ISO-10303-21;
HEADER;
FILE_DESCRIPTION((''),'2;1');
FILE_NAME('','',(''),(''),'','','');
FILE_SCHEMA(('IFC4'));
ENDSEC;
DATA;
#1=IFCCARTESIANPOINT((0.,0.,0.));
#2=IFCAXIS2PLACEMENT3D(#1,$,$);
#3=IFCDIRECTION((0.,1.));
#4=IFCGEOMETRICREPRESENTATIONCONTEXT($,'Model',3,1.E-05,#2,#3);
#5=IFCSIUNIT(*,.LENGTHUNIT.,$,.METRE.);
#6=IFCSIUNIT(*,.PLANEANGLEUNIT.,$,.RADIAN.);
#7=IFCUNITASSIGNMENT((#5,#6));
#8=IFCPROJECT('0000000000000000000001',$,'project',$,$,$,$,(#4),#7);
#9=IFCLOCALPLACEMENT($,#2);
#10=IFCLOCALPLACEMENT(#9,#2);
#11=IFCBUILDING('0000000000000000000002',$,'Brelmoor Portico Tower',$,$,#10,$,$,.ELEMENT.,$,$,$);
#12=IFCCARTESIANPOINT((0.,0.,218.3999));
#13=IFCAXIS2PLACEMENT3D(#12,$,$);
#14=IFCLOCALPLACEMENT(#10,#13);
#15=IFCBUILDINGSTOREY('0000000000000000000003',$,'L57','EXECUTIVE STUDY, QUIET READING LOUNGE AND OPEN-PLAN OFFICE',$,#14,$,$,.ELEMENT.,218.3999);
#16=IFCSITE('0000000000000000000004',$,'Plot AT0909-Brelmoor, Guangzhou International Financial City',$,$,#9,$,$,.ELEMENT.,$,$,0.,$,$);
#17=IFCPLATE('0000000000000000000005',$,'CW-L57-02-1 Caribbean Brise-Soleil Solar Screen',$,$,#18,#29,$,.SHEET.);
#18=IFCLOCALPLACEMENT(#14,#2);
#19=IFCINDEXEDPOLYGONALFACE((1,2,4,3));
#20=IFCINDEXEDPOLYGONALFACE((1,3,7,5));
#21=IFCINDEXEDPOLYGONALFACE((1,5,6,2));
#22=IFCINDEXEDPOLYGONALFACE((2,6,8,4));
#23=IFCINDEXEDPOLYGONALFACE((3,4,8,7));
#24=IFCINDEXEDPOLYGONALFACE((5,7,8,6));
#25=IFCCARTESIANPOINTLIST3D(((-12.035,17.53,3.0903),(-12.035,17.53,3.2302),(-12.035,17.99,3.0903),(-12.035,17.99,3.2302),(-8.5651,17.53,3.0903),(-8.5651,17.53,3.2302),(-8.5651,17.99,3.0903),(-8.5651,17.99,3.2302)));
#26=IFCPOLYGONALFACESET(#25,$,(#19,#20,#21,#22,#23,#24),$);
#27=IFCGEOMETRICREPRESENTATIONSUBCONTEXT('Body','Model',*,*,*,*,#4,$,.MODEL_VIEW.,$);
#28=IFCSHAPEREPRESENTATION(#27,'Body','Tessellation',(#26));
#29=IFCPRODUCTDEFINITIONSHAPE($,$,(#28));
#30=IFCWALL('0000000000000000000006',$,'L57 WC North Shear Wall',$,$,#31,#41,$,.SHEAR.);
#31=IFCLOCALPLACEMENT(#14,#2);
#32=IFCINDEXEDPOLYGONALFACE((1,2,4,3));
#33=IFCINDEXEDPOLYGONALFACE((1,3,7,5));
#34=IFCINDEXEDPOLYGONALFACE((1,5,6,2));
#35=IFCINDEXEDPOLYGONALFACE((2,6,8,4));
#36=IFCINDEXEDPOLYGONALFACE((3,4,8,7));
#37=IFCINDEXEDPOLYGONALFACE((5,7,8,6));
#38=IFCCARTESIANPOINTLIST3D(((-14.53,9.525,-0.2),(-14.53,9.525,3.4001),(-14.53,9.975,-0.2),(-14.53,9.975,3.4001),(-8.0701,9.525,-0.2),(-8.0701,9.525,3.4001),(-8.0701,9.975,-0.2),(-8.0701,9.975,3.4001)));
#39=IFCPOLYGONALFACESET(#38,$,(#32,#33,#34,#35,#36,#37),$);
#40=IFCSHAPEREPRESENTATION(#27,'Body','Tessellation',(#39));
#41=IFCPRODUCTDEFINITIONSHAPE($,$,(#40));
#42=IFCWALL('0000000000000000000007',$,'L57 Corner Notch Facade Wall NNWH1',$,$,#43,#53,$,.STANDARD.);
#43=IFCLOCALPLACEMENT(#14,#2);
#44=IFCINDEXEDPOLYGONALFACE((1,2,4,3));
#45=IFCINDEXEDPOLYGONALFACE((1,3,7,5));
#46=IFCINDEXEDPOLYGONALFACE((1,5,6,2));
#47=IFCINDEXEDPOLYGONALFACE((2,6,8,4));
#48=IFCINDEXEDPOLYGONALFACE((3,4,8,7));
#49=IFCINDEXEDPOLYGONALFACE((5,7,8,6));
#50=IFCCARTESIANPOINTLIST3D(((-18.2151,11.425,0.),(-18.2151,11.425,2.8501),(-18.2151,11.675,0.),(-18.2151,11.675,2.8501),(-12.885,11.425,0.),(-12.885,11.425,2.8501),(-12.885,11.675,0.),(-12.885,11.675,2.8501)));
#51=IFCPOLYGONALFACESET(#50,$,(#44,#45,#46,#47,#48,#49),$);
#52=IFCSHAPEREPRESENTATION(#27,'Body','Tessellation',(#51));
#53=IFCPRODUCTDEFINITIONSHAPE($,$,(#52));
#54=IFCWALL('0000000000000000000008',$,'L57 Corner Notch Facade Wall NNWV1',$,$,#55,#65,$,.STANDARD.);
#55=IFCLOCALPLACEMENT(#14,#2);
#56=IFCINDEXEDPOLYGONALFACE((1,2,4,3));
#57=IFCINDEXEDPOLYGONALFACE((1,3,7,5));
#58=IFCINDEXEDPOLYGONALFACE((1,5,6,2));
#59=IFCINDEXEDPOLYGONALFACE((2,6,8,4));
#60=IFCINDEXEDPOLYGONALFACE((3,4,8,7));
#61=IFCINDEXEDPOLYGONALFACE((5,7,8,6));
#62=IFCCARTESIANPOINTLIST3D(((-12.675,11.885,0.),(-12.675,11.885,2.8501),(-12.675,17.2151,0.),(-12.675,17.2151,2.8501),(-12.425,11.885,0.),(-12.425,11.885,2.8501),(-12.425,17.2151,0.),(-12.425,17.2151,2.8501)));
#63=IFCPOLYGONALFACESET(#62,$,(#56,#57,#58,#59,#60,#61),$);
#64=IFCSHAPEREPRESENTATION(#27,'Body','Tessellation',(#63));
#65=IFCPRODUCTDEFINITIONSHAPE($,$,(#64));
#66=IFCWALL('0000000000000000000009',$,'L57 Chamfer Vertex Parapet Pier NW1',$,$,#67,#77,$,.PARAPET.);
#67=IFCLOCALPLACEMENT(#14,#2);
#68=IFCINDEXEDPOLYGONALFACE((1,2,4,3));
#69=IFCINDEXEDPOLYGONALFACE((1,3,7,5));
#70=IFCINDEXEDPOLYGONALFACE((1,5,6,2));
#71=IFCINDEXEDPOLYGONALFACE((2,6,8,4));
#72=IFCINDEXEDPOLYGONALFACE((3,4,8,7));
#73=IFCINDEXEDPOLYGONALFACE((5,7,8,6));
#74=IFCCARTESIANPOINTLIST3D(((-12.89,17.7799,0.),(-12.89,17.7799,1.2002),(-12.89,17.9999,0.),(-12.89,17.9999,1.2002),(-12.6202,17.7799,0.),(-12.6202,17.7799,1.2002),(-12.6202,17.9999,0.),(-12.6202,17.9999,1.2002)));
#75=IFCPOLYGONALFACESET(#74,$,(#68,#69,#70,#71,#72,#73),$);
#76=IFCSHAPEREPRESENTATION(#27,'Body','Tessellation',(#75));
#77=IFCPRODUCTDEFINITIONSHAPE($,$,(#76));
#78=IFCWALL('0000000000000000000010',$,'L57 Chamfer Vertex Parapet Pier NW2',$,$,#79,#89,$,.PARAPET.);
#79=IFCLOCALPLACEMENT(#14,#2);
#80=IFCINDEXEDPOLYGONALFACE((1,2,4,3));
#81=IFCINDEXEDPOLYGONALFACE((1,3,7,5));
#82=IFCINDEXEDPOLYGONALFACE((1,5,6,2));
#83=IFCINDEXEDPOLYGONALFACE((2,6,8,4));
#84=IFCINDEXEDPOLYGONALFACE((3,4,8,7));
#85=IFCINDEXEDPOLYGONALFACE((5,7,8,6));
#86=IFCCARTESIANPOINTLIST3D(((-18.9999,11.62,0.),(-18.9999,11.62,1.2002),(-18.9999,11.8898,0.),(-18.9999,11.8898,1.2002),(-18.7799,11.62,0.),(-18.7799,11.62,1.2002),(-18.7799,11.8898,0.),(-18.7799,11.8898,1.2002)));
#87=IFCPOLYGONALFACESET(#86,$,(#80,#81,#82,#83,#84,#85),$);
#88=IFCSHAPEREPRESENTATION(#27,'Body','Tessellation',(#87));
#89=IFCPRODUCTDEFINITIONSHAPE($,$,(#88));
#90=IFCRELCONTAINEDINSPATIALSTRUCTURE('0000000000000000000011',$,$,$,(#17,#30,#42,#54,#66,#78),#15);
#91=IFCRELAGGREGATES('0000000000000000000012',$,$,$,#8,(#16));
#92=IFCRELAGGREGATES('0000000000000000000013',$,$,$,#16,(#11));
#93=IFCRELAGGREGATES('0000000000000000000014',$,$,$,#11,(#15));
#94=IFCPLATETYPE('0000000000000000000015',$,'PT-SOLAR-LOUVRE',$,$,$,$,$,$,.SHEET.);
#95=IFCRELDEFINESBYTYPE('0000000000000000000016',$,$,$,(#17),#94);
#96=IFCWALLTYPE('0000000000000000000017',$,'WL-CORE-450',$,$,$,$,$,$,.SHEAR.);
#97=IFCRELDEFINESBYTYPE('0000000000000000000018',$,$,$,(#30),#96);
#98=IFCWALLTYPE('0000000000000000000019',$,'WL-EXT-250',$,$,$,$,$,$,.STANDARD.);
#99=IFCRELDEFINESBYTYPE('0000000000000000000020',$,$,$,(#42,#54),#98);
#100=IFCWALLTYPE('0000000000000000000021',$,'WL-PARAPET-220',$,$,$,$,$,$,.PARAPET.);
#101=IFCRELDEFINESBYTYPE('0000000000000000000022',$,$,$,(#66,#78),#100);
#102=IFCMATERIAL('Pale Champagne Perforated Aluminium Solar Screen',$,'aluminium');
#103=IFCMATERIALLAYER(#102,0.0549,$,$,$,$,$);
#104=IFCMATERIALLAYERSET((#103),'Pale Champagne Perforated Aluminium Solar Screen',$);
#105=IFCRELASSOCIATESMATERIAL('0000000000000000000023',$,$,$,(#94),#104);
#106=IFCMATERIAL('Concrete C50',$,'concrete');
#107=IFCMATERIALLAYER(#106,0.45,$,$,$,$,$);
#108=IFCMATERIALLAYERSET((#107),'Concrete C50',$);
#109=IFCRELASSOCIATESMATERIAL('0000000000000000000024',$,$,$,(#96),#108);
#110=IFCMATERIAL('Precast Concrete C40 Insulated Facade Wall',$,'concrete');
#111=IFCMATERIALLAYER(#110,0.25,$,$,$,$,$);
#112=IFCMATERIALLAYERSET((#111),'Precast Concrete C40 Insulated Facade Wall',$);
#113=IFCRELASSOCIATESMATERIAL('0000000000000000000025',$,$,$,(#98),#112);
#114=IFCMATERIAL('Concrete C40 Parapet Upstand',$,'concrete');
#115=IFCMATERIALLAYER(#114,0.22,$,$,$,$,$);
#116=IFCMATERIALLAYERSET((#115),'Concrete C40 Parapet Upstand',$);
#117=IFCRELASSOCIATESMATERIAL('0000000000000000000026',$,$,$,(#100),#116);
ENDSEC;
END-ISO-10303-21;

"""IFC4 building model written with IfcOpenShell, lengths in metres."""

from ifc_helpers import new_model, si_unit, direction, frame, frame_2d, origin, origin_2d, place, context, subcontext, project, spatial, rectangle, extrude, material, layer, layer_set, type_object, element, save


model = new_model("IFC4")

# Units and contexts
model_context = context("Model", 3, precision=1e-05, world=origin(), true_north=direction((0.0, 1.0)))
body_context = subcontext(model_context, "Body", "Model", "MODEL_VIEW")
ifc_project = project(units=[si_unit("LENGTHUNIT", "METRE"), si_unit("PLANEANGLEUNIT", "RADIAN")], contexts=[model_context])

# Site, building, storey
site_placement = place(None, origin())
site = spatial("IfcSite", under=ifc_project, at=site_placement, Name="Plot AT0909-Brelmoor, Guangzhou International Financial City", CompositionType="ELEMENT", RefElevation=0.0)
building_placement = place(site_placement, origin())
building = spatial("IfcBuilding", under=site, at=building_placement, Name="Brelmoor Portico Tower", CompositionType="ELEMENT")
storey_placement = place(building_placement, frame((0.0, 0.0, 218.3999)))
storey = spatial("IfcBuildingStorey", under=building, at=storey_placement, Name="L57", Description="EXECUTIVE STUDY, QUIET READING LOUNGE AND OPEN-PLAN OFFICE", CompositionType="ELEMENT", Elevation=218.3999)

# Plate
ifc_material_1 = material(Name="Pale Champagne Perforated Aluminium Solar Screen", Category="aluminium")
ifc_layer_1 = layer(ifc_material_1, 0.0549)
ifc_layer_set_1 = layer_set([ifc_layer_1], Name="Pale Champagne Perforated Aluminium Solar Screen")
plate_type_1 = type_object("IfcPlateType", Name="PT-SOLAR-LOUVRE", PredefinedType="SHEET", material=ifc_layer_set_1)
plate_1_placement = place(storey_placement, frame((-10.3, 17.76, 3.0903), z_axis=(0.0, 0.0, 1.0), x_axis=(1.0, 0.0, 0.0)))
element("IfcPlate", 1, at=plate_1_placement, inside=storey, type_object=plate_type_1, Name="CW-L57-02-1 Caribbean Brise-Soleil Solar Screen", PredefinedType="SHEET", context=body_context, shape_type="SweptSolid", body=[
    extrude(rectangle(XDim=3.47, YDim=0.46, at=origin_2d()), origin(), (0.0, 0.0, 1.0), 0.1399),
])

# Walls
ifc_material_2 = material(Name="Concrete C50", Category="concrete")
ifc_layer_2 = layer(ifc_material_2, 0.45)
ifc_layer_set_2 = layer_set([ifc_layer_2], Name="Concrete C50")
wall_type_1 = type_object("IfcWallType", Name="WL-CORE-450", PredefinedType="SHEAR", material=ifc_layer_set_2)
wall_placement = place(storey_placement, frame((-14.53, 9.75, -0.2), z_axis=(0.0, 0.0, 1.0), x_axis=(1.0, 0.0, 0.0)))
element("IfcWall", 2, at=wall_placement, inside=storey, type_object=wall_type_1, Name="L57 WC North Shear Wall", PredefinedType="SHEAR", context=body_context, shape_type="SweptSolid", body=[
    extrude(rectangle(XDim=6.46, YDim=0.45, at=frame_2d((3.23, 0.0))), origin(), (0.0, 0.0, 1.0), 3.6001),
])
ifc_material_3 = material(Name="Precast Concrete C40 Insulated Facade Wall", Category="concrete")
ifc_layer_3 = layer(ifc_material_3, 0.25)
ifc_layer_set_3 = layer_set([ifc_layer_3], Name="Precast Concrete C40 Insulated Facade Wall")
wall_type_2 = type_object("IfcWallType", Name="WL-EXT-250", PredefinedType="STANDARD", material=ifc_layer_set_3)
for number, where, z_axis, x_axis, name in (
    (3, (-18.2151, 11.55, 0.0), (0.0, 0.0, 1.0), (1.0, 0.0, 0.0), "L57 Corner Notch Facade Wall NNWH1"),
    (4, (-12.55, 11.885, 0.0), (0.0, 0.0, 1.0), (0.0, 1.0, 0.0), "L57 Corner Notch Facade Wall NNWV1"),
):
    element("IfcWall", number, at=place(storey_placement, frame(where, z_axis=z_axis, x_axis=x_axis)), inside=storey, type_object=wall_type_2, Name=name, PredefinedType="STANDARD", context=body_context, shape_type="SweptSolid", body=[
        extrude(rectangle(XDim=5.3301, YDim=0.25, at=frame_2d((2.665, 0.0))), origin(), (0.0, 0.0, 1.0), 2.8501),
    ])
ifc_material_4 = material(Name="Concrete C40 Parapet Upstand", Category="concrete")
ifc_layer_4 = layer(ifc_material_4, 0.22)
ifc_layer_set_4 = layer_set([ifc_layer_4], Name="Concrete C40 Parapet Upstand")
wall_type_3 = type_object("IfcWallType", Name="WL-PARAPET-220", PredefinedType="PARAPET", material=ifc_layer_set_4)
for number, where, z_axis, x_axis, name in (
    (5, (-12.8899, 17.8899, 0.0), (0.0, 0.0, 1.0), (1.0, 0.0, 0.0), "L57 Chamfer Vertex Parapet Pier NW1"),
    (6, (-18.8899, 11.6201, 0.0), (0.0, 0.0, 1.0), (0.0, 1.0, 0.0), "L57 Chamfer Vertex Parapet Pier NW2"),
):
    element("IfcWall", number, at=place(storey_placement, frame(where, z_axis=z_axis, x_axis=x_axis)), inside=storey, type_object=wall_type_3, Name=name, PredefinedType="PARAPET", context=body_context, shape_type="SweptSolid", body=[
        extrude(rectangle(XDim=0.2698, YDim=0.22, at=frame_2d((0.1348, 0.0))), origin(), (0.0, 0.0, 1.0), 1.2002),
    ])

save(model, "model.ifc")
